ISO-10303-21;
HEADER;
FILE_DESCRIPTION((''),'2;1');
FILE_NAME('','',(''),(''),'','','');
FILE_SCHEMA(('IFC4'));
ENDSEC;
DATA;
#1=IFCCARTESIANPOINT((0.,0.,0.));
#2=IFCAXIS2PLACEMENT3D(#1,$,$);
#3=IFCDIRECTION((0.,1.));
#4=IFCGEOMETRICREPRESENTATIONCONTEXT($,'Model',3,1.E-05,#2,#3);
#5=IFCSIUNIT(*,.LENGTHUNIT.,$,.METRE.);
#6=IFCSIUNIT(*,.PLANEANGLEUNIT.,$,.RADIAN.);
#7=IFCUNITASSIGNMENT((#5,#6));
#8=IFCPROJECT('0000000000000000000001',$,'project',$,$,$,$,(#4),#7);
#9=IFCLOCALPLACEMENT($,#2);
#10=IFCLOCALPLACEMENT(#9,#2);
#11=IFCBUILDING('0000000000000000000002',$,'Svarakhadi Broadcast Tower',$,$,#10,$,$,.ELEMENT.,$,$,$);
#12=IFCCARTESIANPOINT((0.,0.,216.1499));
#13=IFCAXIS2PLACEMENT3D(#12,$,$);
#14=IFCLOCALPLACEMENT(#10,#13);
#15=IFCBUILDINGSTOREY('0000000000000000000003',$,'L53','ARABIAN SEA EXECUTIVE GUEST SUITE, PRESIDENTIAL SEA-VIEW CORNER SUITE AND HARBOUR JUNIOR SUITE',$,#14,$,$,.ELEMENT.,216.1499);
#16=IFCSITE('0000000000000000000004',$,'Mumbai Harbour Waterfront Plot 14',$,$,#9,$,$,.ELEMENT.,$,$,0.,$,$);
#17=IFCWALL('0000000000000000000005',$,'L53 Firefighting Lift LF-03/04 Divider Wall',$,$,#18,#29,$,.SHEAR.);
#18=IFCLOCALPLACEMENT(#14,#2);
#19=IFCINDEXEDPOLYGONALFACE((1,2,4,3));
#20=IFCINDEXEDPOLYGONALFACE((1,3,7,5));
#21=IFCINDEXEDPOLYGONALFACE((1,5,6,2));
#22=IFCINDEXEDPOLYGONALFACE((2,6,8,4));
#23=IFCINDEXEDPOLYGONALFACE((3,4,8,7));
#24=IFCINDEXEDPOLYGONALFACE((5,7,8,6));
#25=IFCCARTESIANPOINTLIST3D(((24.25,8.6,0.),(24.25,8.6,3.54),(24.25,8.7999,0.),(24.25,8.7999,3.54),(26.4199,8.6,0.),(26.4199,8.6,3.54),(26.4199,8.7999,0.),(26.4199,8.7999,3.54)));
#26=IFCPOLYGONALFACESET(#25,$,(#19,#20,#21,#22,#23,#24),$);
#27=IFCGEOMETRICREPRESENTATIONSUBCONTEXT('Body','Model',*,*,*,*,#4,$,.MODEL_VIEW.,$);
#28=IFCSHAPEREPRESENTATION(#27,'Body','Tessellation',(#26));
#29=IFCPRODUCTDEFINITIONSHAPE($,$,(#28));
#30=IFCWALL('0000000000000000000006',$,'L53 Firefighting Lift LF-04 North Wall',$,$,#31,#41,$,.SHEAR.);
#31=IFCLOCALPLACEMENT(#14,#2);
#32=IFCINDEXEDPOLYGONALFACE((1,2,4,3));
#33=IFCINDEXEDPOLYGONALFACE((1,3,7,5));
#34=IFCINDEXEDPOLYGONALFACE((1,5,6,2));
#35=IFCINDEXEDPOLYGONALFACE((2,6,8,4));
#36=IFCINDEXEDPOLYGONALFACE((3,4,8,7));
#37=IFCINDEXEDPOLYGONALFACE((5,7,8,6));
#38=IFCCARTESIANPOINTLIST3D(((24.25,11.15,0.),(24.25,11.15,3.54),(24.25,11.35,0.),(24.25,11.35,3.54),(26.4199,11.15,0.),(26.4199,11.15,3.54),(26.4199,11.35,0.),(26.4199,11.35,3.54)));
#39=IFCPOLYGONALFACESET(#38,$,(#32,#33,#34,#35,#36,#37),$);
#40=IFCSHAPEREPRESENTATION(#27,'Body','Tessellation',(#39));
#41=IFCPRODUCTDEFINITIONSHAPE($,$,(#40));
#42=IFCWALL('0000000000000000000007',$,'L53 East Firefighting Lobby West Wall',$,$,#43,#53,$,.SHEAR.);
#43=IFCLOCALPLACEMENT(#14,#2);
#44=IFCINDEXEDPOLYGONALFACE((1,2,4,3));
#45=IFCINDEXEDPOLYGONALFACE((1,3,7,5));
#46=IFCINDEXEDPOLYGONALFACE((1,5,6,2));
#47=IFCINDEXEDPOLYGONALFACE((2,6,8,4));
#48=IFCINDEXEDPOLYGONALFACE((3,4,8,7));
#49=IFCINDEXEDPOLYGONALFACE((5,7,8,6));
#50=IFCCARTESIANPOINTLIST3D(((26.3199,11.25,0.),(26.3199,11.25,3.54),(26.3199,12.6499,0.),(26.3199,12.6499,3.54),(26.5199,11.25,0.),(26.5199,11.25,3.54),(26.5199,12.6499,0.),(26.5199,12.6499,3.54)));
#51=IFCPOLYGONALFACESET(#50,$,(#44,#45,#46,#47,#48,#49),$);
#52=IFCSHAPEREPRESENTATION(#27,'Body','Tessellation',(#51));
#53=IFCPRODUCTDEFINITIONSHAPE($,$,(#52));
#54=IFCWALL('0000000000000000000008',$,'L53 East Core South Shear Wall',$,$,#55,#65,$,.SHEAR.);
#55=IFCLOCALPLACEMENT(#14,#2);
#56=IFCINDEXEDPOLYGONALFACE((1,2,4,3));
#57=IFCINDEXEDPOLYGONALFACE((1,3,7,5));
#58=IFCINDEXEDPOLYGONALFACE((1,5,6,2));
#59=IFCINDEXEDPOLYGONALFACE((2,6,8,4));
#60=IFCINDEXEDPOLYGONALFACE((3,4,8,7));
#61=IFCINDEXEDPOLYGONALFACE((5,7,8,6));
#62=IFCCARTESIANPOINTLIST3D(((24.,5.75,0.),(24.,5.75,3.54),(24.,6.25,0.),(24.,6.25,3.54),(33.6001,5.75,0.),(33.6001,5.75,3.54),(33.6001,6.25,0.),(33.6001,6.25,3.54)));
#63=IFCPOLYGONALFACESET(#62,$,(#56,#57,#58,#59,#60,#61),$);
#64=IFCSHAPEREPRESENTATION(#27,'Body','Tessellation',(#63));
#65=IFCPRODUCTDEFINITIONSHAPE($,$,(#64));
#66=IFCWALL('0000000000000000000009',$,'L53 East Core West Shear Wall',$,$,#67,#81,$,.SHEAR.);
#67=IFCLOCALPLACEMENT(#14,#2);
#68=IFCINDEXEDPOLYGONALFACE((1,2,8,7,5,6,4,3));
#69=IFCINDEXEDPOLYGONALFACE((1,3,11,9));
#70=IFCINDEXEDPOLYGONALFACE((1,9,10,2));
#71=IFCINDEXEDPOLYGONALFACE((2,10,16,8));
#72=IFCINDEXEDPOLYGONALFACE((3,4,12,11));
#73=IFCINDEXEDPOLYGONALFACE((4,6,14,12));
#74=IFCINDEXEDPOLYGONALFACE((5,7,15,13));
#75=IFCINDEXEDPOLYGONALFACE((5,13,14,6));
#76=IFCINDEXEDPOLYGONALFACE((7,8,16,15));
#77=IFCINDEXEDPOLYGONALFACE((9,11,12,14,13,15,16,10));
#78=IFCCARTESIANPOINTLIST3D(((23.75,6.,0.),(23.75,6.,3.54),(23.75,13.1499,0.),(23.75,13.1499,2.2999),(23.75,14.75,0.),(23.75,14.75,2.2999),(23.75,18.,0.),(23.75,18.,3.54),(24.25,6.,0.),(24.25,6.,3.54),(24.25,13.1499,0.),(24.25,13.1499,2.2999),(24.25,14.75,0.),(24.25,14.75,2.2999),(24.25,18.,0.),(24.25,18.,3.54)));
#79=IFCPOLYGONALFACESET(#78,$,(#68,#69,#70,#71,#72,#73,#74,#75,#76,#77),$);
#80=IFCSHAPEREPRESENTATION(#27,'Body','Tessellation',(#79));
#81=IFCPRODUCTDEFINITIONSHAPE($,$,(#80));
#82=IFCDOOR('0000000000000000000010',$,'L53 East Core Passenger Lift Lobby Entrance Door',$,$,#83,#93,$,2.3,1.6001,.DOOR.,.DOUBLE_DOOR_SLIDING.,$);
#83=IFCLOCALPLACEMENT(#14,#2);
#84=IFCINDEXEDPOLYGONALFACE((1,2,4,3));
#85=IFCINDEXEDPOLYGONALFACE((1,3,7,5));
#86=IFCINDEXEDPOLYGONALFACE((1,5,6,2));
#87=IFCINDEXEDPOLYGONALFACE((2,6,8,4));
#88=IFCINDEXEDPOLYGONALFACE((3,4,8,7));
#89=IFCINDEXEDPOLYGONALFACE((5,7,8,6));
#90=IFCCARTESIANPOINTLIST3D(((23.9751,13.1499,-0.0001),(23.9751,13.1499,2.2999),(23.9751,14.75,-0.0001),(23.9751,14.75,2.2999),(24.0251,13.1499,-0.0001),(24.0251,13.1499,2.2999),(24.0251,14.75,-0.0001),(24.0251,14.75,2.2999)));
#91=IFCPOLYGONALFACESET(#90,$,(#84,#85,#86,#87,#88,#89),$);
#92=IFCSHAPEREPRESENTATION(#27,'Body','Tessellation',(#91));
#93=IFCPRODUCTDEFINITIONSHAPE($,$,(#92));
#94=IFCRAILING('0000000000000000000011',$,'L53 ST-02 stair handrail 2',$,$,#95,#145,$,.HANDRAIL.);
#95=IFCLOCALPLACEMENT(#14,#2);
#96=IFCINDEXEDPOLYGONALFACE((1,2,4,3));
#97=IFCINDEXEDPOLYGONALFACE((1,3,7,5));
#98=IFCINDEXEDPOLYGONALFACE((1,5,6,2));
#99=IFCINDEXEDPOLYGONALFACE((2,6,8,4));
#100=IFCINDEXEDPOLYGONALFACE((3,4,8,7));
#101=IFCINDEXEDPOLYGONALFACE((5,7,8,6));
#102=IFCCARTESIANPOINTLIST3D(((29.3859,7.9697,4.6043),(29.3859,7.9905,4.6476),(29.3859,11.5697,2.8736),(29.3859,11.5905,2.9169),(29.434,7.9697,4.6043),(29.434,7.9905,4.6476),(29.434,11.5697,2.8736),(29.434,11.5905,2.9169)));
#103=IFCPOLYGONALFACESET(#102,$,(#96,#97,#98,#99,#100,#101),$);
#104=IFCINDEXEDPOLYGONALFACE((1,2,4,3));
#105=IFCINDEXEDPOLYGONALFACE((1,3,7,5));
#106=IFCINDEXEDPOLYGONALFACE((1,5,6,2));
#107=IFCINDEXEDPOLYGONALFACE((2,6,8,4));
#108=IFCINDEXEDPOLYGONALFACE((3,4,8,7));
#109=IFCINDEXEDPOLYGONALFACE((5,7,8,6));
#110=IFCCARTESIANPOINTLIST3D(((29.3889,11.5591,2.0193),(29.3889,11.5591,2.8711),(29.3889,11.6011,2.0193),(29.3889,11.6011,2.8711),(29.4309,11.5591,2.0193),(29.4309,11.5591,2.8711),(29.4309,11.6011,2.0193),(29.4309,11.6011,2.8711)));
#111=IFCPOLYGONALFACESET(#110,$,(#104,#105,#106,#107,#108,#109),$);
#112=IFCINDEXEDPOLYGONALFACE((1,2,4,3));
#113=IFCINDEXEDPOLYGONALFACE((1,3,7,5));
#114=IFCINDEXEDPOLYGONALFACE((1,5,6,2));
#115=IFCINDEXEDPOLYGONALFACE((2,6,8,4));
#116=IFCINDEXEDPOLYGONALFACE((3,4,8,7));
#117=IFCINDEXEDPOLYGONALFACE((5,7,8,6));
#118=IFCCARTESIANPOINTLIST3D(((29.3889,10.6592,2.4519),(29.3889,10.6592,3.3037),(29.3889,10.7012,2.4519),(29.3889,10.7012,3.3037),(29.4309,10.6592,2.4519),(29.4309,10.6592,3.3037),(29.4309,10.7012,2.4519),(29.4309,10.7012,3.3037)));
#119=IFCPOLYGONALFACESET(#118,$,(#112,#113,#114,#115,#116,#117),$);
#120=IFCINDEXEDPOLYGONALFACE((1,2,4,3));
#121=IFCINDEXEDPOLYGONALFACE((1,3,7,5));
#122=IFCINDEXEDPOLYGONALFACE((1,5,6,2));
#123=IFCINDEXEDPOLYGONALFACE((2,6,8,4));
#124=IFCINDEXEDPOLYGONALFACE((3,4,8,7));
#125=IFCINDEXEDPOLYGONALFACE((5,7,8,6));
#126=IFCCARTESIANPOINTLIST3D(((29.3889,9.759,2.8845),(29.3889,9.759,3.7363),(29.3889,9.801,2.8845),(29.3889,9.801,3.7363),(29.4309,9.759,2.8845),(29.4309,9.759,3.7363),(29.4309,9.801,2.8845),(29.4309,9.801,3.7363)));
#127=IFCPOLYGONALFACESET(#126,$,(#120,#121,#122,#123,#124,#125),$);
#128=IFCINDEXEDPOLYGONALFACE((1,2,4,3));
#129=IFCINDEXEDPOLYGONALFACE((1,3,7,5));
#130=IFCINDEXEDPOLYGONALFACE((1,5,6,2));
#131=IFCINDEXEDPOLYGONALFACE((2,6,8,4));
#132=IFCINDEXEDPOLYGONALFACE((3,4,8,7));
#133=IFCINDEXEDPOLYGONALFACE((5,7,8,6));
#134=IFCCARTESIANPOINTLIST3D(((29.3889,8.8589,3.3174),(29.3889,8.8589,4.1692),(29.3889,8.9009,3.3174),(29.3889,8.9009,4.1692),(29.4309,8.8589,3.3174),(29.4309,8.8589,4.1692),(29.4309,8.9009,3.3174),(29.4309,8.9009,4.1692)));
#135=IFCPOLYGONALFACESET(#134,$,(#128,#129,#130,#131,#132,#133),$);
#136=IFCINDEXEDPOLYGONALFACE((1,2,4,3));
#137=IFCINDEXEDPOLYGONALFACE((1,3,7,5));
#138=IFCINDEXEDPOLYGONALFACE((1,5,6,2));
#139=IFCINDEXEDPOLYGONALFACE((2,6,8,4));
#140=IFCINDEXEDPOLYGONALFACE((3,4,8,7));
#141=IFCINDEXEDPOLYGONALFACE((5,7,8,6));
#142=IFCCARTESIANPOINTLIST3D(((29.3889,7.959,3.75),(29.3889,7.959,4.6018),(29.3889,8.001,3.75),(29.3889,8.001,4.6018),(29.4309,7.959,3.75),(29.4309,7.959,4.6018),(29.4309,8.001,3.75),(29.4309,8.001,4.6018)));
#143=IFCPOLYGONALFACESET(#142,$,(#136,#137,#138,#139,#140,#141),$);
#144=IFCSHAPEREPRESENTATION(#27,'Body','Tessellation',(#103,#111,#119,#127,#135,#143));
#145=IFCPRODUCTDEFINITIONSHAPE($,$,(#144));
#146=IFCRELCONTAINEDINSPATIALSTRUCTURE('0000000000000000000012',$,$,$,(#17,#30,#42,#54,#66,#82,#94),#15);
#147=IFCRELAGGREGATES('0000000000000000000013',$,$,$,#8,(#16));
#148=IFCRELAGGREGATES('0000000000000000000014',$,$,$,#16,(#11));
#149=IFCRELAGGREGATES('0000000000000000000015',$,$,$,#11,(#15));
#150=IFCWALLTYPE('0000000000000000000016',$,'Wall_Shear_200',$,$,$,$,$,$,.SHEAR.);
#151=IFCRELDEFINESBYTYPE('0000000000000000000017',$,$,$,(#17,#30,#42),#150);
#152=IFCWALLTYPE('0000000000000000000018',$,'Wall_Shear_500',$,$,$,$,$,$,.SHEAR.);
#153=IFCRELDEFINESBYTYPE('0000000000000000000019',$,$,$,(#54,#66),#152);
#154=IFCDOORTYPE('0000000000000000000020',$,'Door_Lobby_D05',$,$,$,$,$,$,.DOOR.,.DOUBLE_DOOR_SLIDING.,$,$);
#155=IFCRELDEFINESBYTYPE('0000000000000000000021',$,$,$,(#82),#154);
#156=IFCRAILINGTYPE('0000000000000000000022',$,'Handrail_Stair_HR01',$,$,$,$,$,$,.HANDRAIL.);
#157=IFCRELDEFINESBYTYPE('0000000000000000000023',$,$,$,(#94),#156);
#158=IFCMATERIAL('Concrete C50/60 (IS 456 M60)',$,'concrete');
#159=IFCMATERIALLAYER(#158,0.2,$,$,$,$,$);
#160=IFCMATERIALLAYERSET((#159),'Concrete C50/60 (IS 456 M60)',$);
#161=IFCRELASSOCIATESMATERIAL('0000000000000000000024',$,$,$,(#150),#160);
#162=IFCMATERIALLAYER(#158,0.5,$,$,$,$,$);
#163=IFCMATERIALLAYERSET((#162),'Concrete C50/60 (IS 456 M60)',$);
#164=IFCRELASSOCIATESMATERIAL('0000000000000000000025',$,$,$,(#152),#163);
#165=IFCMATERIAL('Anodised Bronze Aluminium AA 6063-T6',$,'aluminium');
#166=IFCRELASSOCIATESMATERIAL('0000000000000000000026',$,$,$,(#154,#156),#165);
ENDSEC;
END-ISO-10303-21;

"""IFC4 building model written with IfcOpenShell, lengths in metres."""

from ifc_helpers import new_model, si_unit, direction, frame, frame_2d, origin, origin_2d, place, context, subcontext, project, spatial, rectangle, extrude, material, layer, layer_set, type_object, element, fill, save


model = new_model("IFC4")

# Units and contexts
model_context = context("Model", 3, precision=1e-05, world=origin(), true_north=direction((0.0, 1.0)))
body_context = subcontext(model_context, "Body", "Model", "MODEL_VIEW")
ifc_project = project(units=[si_unit("LENGTHUNIT", "METRE"), si_unit("PLANEANGLEUNIT", "RADIAN")], contexts=[model_context])

# Site, building, storey
site_placement = place(None, origin())
site = spatial("IfcSite", under=ifc_project, at=site_placement, Name="Mumbai Harbour Waterfront Plot 14", CompositionType="ELEMENT", RefElevation=0.0)
building_placement = place(site_placement, origin())
building = spatial("IfcBuilding", under=site, at=building_placement, Name="Svarakhadi Broadcast Tower", CompositionType="ELEMENT")
storey_placement = place(building_placement, frame((0.0, 0.0, 216.1499)))
storey = spatial("IfcBuildingStorey", under=building, at=storey_placement, Name="L53", Description="ARABIAN SEA EXECUTIVE GUEST SUITE, PRESIDENTIAL SEA-VIEW CORNER SUITE AND HARBOUR JUNIOR SUITE", CompositionType="ELEMENT", Elevation=216.1499)

# Shared definitions
ifc_material_1 = material(Name="Concrete C50/60 (IS 456 M60)", Category="concrete")

# Shared definitions
ifc_layer_1 = layer(ifc_material_1, 0.2)
ifc_layer_set_1 = layer_set([ifc_layer_1], Name="Concrete C50/60 (IS 456 M60)")
wall_type_1 = type_object("IfcWallType", Name="Wall_Shear_200", PredefinedType="SHEAR", material=ifc_layer_set_1)

# Walls
for number, where, z_axis, x_axis, name in (
    (1, (24.25, 8.7, 0.0), (0.0, 0.0, 1.0), (1.0, 0.0, 0.0), "L53 Firefighting Lift LF-03/04 Divider Wall"),
    (2, (24.25, 11.25, 0.0), (0.0, 0.0, 1.0), (1.0, 0.0, 0.0), "L53 Firefighting Lift LF-04 North Wall"),
):
    element("IfcWall", number, at=place(storey_placement, frame(where, z_axis=z_axis, x_axis=x_axis)), inside=storey, type_object=wall_type_1, Name=name, PredefinedType="SHEAR", context=body_context, shape_type="SweptSolid", body=[
        extrude(rectangle(XDim=2.1699, YDim=0.2, at=frame_2d((1.085, 0.0))), origin(), (0.0, 0.0, 1.0), 3.54),
    ])
wall_1_placement = place(storey_placement, frame((26.4199, 11.25, 0.0), z_axis=(0.0, 0.0, 1.0), x_axis=(0.0, 1.0, 0.0)))
element("IfcWall", 3, at=wall_1_placement, inside=storey, type_object=wall_type_1, Name="L53 East Firefighting Lobby West Wall", PredefinedType="SHEAR", context=body_context, shape_type="SweptSolid", body=[
    extrude(rectangle(XDim=1.3999, YDim=0.2, at=frame_2d((0.7, 0.0))), origin(), (0.0, 0.0, 1.0), 3.54),
])
ifc_layer_2 = layer(ifc_material_1, 0.5)
ifc_layer_set_2 = layer_set([ifc_layer_2], Name="Concrete C50/60 (IS 456 M60)")
wall_type_2 = type_object("IfcWallType", Name="Wall_Shear_500", PredefinedType="SHEAR", material=ifc_layer_set_2)
wall_2_placement = place(storey_placement, frame((24.0, 6.0, 0.0), z_axis=(0.0, 0.0, 1.0), x_axis=(1.0, 0.0, 0.0)))
element("IfcWall", 4, at=wall_2_placement, inside=storey, type_object=wall_type_2, Name="L53 East Core South Shear Wall", PredefinedType="SHEAR", context=body_context, shape_type="SweptSolid", body=[
    extrude(rectangle(XDim=9.6001, YDim=0.5, at=frame_2d((4.8, 0.0))), origin(), (0.0, 0.0, 1.0), 3.54),
])

# Wall, opening, door
wall_3_placement = place(storey_placement, frame((24.0, 6.0, 0.0), z_axis=(0.0, 0.0, 1.0), x_axis=(0.0, 1.0, 0.0)))
wall_3 = element("IfcWall", 5, at=wall_3_placement, inside=storey, type_object=wall_type_2, Name="L53 East Core West Shear Wall", PredefinedType="SHEAR", context=body_context, shape_type="SweptSolid", body=[
    extrude(rectangle(XDim=12.0, YDim=0.5, at=frame_2d((6.0, 0.0))), origin(), (0.0, 0.0, 1.0), 3.54),
])
opening_1_placement = place(wall_3_placement, frame((7.1499, 0.0, 0.0)))
opening_1 = element("IfcOpeningElement", 6, at=opening_1_placement, cuts=wall_3, PredefinedType="OPENING", context=body_context, shape_type="SweptSolid", body=[
    extrude(rectangle(XDim=1.6001, YDim=2.3, at=frame_2d((0.8, 1.1499))), frame((0.0, 0.26, 0.0), z_axis=(0.0, -1.0, 0.0), x_axis=(1.0, 0.0, 0.0)), (0.0, 0.0, 1.0), 0.52),
])
ifc_material_2 = material(Name="Anodised Bronze Aluminium AA 6063-T6", Category="aluminium")
door_type_1 = type_object("IfcDoorType", Name="Door_Lobby_D05", OperationType="DOUBLE_DOOR_SLIDING", PredefinedType="DOOR", material=ifc_material_2)
door_1_placement = place(opening_1_placement, origin())
door_1 = element("IfcDoor", 7, at=door_1_placement, inside=storey, type_object=door_type_1, Name="L53 East Core Passenger Lift Lobby Entrance Door", OperationType="DOUBLE_DOOR_SLIDING", OverallHeight=2.3, OverallWidth=1.6001, PredefinedType="DOOR", context=body_context, shape_type="SweptSolid", body=[
    extrude(rectangle(XDim=1.6001, YDim=2.3, at=frame_2d((0.8, 1.1499))), frame((0.0, 0.0249, 0.0), z_axis=(0.0, -1.0, 0.0), x_axis=(1.0, 0.0, 0.0)), (0.0, 0.0, 1.0), 0.05),
])
fill(opening_1, door_1)

# Railing
railing_type = type_object("IfcRailingType", Name="Handrail_Stair_HR01", PredefinedType="HANDRAIL", material=ifc_material_2)
railing_placement = place(storey_placement, frame((29.4099, 11.5801, 2.0193)))
element("IfcRailing", 8, at=railing_placement, inside=storey, type_object=railing_type, Name="L53 ST-02 stair handrail 2", PredefinedType="HANDRAIL", context=body_context, shape_type="SweptSolid", body=[
    extrude(rectangle(XDim=0.0481, YDim=0.0481, at=origin_2d()), frame((0.0, 0.0, 0.876), z_axis=(0.0, -0.901263, 0.433273), x_axis=(1.0, 0.0, 0.0)), (0.0, 0.0, 1.0), 3.9944),
    extrude(rectangle(XDim=0.042, YDim=0.042, at=origin_2d()), origin(), (0.0, 0.0, 1.0), 0.8518),
    extrude(rectangle(XDim=0.042, YDim=0.042, at=origin_2d()), frame((0.0, -0.8999, 0.4326)), (0.0, 0.0, 1.0), 0.8518),
    extrude(rectangle(XDim=0.042, YDim=0.042, at=origin_2d()), frame((0.0, -1.8, 0.8652)), (0.0, 0.0, 1.0), 0.8518),
    extrude(rectangle(XDim=0.042, YDim=0.042, at=origin_2d()), frame((0.0, -2.7002, 1.2981)), (0.0, 0.0, 1.0), 0.8518),
    extrude(rectangle(XDim=0.042, YDim=0.042, at=origin_2d()), frame((0.0, -3.6001, 1.7307)), (0.0, 0.0, 1.0), 0.8518),
])

save(model, "model.ifc")
